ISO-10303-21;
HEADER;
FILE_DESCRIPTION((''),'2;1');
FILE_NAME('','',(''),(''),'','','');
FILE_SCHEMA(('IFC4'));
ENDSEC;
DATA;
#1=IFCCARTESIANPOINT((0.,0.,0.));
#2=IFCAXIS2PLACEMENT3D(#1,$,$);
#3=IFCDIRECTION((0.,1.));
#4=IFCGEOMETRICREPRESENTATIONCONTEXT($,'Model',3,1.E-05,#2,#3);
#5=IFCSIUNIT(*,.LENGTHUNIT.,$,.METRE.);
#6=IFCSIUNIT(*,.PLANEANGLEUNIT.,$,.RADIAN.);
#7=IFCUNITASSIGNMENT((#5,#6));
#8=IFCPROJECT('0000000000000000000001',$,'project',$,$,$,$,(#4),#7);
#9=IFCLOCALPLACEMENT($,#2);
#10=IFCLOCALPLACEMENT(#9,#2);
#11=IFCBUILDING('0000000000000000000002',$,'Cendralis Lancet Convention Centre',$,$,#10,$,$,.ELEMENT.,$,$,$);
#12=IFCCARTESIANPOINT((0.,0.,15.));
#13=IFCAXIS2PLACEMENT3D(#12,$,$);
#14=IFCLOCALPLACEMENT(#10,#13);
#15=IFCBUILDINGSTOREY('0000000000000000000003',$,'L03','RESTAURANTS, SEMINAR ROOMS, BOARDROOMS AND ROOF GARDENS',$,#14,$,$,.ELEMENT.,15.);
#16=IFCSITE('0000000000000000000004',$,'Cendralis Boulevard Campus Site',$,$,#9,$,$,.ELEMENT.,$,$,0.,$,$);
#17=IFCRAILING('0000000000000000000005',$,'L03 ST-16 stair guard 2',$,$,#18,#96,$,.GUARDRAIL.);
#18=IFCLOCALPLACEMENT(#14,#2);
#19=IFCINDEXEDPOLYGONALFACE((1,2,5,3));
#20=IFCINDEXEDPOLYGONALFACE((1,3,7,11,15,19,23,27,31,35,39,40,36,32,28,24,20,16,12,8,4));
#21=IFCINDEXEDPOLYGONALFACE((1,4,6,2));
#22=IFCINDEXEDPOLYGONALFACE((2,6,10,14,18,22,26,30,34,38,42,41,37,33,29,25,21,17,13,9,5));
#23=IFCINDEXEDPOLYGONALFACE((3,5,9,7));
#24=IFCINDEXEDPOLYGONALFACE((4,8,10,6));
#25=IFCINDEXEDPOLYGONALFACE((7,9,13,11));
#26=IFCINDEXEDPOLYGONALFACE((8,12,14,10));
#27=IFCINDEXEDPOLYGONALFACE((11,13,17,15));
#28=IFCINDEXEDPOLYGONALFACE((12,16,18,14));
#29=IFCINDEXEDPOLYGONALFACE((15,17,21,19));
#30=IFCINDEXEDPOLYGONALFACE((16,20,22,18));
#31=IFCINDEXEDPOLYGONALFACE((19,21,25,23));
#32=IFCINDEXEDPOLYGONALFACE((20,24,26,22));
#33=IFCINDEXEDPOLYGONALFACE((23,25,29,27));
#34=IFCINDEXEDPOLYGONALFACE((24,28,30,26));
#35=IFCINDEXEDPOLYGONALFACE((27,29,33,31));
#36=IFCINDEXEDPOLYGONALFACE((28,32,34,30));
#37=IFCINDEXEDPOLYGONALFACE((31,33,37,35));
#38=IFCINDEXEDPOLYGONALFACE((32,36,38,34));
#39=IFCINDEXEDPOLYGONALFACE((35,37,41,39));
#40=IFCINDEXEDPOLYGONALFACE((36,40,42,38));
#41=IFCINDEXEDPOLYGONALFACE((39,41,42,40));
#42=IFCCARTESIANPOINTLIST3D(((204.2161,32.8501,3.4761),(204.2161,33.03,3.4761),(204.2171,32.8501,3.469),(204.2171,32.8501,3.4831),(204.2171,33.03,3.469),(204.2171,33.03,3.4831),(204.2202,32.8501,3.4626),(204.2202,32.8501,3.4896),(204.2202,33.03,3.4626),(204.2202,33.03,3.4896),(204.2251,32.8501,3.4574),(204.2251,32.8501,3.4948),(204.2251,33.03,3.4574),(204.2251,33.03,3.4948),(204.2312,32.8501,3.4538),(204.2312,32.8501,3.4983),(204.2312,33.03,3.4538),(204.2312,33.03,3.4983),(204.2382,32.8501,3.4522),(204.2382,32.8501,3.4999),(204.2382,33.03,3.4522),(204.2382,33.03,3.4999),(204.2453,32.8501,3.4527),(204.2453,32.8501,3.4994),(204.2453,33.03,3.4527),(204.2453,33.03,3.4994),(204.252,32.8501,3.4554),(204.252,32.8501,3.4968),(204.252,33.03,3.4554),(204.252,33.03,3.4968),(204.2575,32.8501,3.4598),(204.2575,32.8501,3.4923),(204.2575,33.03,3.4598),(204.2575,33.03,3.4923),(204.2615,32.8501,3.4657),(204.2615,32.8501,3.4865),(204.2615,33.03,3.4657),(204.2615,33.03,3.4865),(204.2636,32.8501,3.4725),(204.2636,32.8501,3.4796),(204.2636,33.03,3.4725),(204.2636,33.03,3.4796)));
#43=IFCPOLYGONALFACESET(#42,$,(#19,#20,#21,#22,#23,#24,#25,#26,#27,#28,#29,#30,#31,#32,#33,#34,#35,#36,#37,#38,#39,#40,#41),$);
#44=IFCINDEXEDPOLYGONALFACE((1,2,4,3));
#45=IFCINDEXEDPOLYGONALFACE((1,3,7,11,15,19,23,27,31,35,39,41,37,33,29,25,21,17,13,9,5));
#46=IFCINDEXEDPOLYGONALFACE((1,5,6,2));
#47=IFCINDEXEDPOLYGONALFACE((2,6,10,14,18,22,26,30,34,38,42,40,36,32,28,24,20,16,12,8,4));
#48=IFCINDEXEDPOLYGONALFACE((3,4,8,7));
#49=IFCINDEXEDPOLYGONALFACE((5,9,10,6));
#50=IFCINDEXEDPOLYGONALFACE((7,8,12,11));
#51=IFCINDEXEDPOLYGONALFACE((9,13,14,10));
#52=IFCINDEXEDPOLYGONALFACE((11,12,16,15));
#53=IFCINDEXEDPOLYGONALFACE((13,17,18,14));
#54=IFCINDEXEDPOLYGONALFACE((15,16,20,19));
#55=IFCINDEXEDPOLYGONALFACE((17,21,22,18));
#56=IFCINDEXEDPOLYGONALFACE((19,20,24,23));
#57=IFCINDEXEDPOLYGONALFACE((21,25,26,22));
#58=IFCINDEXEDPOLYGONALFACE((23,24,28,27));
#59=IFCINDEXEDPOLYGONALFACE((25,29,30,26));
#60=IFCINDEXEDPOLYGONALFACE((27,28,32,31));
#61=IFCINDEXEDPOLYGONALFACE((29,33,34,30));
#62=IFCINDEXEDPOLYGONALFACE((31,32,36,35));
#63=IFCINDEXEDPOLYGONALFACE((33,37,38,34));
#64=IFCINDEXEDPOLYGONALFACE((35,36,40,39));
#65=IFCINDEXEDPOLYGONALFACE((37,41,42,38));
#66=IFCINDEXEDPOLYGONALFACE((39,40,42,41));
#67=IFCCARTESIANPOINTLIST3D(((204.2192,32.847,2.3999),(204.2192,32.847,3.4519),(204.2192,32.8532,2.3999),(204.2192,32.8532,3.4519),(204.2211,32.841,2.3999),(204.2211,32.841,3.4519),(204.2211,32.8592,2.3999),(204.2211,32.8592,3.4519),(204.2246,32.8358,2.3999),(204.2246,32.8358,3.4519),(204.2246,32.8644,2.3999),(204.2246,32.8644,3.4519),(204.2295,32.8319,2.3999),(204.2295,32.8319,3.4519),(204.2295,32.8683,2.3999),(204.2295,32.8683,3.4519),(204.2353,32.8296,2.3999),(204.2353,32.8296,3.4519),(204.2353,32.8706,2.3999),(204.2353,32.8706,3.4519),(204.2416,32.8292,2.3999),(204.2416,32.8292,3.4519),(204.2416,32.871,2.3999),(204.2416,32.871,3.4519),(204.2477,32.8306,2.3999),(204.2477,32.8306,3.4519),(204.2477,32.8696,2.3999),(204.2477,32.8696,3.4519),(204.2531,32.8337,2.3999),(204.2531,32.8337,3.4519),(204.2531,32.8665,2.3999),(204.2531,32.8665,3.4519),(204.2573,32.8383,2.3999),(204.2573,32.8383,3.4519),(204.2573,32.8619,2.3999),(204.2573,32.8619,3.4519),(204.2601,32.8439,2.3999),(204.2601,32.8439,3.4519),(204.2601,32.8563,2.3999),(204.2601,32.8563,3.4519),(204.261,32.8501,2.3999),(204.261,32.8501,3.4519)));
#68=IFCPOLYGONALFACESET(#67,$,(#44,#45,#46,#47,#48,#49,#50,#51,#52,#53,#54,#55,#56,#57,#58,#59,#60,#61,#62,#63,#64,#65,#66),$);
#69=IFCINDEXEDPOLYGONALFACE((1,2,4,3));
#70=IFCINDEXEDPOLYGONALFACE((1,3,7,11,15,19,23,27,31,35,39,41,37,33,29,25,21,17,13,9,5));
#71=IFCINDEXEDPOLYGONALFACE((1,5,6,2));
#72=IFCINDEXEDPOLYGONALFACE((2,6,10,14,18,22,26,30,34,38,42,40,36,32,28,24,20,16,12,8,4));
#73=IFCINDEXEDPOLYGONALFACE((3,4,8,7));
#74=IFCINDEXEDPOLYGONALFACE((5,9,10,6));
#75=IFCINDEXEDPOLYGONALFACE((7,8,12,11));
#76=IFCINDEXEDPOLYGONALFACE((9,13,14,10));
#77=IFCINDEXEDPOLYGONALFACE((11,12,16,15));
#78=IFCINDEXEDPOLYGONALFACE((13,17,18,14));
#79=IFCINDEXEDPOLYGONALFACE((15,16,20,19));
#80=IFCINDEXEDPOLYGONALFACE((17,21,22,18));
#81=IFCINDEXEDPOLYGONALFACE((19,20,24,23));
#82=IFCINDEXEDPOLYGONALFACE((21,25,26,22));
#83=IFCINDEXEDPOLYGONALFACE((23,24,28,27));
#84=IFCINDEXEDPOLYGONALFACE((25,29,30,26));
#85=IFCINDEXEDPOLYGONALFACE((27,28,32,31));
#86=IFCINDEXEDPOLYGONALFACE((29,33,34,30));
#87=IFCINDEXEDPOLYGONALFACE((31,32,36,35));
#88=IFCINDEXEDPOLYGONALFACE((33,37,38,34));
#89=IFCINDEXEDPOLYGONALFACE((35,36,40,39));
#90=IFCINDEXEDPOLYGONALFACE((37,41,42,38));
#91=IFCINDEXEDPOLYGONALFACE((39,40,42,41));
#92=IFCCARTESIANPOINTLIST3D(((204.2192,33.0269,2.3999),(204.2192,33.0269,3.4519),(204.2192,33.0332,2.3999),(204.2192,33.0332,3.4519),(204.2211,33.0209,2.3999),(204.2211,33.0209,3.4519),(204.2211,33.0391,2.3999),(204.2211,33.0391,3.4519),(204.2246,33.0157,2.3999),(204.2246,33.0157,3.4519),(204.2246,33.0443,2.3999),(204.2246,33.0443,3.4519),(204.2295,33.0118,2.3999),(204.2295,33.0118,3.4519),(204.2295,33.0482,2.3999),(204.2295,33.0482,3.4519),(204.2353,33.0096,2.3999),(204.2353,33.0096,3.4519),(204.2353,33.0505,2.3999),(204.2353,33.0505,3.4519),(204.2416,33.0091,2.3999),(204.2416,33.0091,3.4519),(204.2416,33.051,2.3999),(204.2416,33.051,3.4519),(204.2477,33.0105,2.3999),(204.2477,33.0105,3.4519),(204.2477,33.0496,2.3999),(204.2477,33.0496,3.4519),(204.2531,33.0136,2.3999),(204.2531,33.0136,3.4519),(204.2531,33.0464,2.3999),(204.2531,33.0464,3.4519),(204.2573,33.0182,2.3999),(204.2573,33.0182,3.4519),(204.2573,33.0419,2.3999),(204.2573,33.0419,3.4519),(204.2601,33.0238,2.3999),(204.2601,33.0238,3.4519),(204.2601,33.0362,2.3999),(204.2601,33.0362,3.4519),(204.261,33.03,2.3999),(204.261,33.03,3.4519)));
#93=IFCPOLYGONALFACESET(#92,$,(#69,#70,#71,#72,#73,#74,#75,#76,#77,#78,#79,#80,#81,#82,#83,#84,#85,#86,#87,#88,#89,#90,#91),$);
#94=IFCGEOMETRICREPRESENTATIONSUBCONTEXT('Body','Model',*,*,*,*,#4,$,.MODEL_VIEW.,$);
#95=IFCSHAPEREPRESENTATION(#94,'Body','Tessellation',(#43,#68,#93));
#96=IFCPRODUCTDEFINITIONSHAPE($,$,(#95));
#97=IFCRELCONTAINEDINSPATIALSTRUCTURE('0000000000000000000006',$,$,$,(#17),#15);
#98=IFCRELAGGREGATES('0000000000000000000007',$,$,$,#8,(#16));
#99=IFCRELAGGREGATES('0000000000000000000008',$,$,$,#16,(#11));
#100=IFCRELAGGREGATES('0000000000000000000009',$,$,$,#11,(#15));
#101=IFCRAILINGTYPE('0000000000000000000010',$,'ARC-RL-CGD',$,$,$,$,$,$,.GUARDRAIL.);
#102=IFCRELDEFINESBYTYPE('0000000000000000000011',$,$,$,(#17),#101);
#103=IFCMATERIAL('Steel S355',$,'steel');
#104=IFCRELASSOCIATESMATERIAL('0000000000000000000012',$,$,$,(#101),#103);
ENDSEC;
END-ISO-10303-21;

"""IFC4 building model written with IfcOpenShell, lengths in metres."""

from ifc_helpers import new_model, si_unit, direction, frame, origin, origin_2d, place, context, subcontext, project, spatial, circle, extrude, material, type_object, element, save


model = new_model("IFC4")

# Units and contexts
model_context = context("Model", 3, precision=1e-05, world=origin(), true_north=direction((0.0, 1.0)))
body_context = subcontext(model_context, "Body", "Model", "MODEL_VIEW")
ifc_project = project(units=[si_unit("LENGTHUNIT", "METRE"), si_unit("PLANEANGLEUNIT", "RADIAN")], contexts=[model_context])

# Site, building, storey
site_placement = place(None, origin())
site = spatial("IfcSite", under=ifc_project, at=site_placement, Name="Cendralis Boulevard Campus Site", CompositionType="ELEMENT", RefElevation=0.0)
building_placement = place(site_placement, origin())
building = spatial("IfcBuilding", under=site, at=building_placement, Name="Cendralis Lancet Convention Centre", CompositionType="ELEMENT")
storey_placement = place(building_placement, frame((0.0, 0.0, 15.0)))
storey = spatial("IfcBuildingStorey", under=building, at=storey_placement, Name="L03", Description="RESTAURANTS, SEMINAR ROOMS, BOARDROOMS AND ROOF GARDENS", CompositionType="ELEMENT", Elevation=15.0)

# Shared definitions
ifc_material_1 = material(Name="Steel S355", Category="steel")

# Railing
railing_type_1 = type_object("IfcRailingType", Name="ARC-RL-CGD", PredefinedType="GUARDRAIL", material=ifc_material_1)
railing_1_placement = place(storey_placement, frame((204.24, 32.8501, 2.3999)))
element("IfcRailing", 1, at=railing_1_placement, inside=storey, type_object=railing_type_1, Name="L03 ST-16 stair guard 2", PredefinedType="GUARDRAIL", context=body_context, shape_type="SweptSolid", body=[
    extrude(circle(Radius=0.0239, at=origin_2d()), frame((0.0, 0.0, 1.0762), z_axis=(0.0, 1.0, 0.0), x_axis=(-1.0, 0.0, 0.0)), (0.0, 0.0, 1.0), 0.1799),
    extrude(circle(Radius=0.021, at=origin_2d()), origin(), (0.0, 0.0, 1.0), 1.052),
    extrude(circle(Radius=0.021, at=origin_2d()), frame((0.0, 0.1799, 0.0)), (0.0, 0.0, 1.0), 1.052),
])

save(model, "model.ifc")
